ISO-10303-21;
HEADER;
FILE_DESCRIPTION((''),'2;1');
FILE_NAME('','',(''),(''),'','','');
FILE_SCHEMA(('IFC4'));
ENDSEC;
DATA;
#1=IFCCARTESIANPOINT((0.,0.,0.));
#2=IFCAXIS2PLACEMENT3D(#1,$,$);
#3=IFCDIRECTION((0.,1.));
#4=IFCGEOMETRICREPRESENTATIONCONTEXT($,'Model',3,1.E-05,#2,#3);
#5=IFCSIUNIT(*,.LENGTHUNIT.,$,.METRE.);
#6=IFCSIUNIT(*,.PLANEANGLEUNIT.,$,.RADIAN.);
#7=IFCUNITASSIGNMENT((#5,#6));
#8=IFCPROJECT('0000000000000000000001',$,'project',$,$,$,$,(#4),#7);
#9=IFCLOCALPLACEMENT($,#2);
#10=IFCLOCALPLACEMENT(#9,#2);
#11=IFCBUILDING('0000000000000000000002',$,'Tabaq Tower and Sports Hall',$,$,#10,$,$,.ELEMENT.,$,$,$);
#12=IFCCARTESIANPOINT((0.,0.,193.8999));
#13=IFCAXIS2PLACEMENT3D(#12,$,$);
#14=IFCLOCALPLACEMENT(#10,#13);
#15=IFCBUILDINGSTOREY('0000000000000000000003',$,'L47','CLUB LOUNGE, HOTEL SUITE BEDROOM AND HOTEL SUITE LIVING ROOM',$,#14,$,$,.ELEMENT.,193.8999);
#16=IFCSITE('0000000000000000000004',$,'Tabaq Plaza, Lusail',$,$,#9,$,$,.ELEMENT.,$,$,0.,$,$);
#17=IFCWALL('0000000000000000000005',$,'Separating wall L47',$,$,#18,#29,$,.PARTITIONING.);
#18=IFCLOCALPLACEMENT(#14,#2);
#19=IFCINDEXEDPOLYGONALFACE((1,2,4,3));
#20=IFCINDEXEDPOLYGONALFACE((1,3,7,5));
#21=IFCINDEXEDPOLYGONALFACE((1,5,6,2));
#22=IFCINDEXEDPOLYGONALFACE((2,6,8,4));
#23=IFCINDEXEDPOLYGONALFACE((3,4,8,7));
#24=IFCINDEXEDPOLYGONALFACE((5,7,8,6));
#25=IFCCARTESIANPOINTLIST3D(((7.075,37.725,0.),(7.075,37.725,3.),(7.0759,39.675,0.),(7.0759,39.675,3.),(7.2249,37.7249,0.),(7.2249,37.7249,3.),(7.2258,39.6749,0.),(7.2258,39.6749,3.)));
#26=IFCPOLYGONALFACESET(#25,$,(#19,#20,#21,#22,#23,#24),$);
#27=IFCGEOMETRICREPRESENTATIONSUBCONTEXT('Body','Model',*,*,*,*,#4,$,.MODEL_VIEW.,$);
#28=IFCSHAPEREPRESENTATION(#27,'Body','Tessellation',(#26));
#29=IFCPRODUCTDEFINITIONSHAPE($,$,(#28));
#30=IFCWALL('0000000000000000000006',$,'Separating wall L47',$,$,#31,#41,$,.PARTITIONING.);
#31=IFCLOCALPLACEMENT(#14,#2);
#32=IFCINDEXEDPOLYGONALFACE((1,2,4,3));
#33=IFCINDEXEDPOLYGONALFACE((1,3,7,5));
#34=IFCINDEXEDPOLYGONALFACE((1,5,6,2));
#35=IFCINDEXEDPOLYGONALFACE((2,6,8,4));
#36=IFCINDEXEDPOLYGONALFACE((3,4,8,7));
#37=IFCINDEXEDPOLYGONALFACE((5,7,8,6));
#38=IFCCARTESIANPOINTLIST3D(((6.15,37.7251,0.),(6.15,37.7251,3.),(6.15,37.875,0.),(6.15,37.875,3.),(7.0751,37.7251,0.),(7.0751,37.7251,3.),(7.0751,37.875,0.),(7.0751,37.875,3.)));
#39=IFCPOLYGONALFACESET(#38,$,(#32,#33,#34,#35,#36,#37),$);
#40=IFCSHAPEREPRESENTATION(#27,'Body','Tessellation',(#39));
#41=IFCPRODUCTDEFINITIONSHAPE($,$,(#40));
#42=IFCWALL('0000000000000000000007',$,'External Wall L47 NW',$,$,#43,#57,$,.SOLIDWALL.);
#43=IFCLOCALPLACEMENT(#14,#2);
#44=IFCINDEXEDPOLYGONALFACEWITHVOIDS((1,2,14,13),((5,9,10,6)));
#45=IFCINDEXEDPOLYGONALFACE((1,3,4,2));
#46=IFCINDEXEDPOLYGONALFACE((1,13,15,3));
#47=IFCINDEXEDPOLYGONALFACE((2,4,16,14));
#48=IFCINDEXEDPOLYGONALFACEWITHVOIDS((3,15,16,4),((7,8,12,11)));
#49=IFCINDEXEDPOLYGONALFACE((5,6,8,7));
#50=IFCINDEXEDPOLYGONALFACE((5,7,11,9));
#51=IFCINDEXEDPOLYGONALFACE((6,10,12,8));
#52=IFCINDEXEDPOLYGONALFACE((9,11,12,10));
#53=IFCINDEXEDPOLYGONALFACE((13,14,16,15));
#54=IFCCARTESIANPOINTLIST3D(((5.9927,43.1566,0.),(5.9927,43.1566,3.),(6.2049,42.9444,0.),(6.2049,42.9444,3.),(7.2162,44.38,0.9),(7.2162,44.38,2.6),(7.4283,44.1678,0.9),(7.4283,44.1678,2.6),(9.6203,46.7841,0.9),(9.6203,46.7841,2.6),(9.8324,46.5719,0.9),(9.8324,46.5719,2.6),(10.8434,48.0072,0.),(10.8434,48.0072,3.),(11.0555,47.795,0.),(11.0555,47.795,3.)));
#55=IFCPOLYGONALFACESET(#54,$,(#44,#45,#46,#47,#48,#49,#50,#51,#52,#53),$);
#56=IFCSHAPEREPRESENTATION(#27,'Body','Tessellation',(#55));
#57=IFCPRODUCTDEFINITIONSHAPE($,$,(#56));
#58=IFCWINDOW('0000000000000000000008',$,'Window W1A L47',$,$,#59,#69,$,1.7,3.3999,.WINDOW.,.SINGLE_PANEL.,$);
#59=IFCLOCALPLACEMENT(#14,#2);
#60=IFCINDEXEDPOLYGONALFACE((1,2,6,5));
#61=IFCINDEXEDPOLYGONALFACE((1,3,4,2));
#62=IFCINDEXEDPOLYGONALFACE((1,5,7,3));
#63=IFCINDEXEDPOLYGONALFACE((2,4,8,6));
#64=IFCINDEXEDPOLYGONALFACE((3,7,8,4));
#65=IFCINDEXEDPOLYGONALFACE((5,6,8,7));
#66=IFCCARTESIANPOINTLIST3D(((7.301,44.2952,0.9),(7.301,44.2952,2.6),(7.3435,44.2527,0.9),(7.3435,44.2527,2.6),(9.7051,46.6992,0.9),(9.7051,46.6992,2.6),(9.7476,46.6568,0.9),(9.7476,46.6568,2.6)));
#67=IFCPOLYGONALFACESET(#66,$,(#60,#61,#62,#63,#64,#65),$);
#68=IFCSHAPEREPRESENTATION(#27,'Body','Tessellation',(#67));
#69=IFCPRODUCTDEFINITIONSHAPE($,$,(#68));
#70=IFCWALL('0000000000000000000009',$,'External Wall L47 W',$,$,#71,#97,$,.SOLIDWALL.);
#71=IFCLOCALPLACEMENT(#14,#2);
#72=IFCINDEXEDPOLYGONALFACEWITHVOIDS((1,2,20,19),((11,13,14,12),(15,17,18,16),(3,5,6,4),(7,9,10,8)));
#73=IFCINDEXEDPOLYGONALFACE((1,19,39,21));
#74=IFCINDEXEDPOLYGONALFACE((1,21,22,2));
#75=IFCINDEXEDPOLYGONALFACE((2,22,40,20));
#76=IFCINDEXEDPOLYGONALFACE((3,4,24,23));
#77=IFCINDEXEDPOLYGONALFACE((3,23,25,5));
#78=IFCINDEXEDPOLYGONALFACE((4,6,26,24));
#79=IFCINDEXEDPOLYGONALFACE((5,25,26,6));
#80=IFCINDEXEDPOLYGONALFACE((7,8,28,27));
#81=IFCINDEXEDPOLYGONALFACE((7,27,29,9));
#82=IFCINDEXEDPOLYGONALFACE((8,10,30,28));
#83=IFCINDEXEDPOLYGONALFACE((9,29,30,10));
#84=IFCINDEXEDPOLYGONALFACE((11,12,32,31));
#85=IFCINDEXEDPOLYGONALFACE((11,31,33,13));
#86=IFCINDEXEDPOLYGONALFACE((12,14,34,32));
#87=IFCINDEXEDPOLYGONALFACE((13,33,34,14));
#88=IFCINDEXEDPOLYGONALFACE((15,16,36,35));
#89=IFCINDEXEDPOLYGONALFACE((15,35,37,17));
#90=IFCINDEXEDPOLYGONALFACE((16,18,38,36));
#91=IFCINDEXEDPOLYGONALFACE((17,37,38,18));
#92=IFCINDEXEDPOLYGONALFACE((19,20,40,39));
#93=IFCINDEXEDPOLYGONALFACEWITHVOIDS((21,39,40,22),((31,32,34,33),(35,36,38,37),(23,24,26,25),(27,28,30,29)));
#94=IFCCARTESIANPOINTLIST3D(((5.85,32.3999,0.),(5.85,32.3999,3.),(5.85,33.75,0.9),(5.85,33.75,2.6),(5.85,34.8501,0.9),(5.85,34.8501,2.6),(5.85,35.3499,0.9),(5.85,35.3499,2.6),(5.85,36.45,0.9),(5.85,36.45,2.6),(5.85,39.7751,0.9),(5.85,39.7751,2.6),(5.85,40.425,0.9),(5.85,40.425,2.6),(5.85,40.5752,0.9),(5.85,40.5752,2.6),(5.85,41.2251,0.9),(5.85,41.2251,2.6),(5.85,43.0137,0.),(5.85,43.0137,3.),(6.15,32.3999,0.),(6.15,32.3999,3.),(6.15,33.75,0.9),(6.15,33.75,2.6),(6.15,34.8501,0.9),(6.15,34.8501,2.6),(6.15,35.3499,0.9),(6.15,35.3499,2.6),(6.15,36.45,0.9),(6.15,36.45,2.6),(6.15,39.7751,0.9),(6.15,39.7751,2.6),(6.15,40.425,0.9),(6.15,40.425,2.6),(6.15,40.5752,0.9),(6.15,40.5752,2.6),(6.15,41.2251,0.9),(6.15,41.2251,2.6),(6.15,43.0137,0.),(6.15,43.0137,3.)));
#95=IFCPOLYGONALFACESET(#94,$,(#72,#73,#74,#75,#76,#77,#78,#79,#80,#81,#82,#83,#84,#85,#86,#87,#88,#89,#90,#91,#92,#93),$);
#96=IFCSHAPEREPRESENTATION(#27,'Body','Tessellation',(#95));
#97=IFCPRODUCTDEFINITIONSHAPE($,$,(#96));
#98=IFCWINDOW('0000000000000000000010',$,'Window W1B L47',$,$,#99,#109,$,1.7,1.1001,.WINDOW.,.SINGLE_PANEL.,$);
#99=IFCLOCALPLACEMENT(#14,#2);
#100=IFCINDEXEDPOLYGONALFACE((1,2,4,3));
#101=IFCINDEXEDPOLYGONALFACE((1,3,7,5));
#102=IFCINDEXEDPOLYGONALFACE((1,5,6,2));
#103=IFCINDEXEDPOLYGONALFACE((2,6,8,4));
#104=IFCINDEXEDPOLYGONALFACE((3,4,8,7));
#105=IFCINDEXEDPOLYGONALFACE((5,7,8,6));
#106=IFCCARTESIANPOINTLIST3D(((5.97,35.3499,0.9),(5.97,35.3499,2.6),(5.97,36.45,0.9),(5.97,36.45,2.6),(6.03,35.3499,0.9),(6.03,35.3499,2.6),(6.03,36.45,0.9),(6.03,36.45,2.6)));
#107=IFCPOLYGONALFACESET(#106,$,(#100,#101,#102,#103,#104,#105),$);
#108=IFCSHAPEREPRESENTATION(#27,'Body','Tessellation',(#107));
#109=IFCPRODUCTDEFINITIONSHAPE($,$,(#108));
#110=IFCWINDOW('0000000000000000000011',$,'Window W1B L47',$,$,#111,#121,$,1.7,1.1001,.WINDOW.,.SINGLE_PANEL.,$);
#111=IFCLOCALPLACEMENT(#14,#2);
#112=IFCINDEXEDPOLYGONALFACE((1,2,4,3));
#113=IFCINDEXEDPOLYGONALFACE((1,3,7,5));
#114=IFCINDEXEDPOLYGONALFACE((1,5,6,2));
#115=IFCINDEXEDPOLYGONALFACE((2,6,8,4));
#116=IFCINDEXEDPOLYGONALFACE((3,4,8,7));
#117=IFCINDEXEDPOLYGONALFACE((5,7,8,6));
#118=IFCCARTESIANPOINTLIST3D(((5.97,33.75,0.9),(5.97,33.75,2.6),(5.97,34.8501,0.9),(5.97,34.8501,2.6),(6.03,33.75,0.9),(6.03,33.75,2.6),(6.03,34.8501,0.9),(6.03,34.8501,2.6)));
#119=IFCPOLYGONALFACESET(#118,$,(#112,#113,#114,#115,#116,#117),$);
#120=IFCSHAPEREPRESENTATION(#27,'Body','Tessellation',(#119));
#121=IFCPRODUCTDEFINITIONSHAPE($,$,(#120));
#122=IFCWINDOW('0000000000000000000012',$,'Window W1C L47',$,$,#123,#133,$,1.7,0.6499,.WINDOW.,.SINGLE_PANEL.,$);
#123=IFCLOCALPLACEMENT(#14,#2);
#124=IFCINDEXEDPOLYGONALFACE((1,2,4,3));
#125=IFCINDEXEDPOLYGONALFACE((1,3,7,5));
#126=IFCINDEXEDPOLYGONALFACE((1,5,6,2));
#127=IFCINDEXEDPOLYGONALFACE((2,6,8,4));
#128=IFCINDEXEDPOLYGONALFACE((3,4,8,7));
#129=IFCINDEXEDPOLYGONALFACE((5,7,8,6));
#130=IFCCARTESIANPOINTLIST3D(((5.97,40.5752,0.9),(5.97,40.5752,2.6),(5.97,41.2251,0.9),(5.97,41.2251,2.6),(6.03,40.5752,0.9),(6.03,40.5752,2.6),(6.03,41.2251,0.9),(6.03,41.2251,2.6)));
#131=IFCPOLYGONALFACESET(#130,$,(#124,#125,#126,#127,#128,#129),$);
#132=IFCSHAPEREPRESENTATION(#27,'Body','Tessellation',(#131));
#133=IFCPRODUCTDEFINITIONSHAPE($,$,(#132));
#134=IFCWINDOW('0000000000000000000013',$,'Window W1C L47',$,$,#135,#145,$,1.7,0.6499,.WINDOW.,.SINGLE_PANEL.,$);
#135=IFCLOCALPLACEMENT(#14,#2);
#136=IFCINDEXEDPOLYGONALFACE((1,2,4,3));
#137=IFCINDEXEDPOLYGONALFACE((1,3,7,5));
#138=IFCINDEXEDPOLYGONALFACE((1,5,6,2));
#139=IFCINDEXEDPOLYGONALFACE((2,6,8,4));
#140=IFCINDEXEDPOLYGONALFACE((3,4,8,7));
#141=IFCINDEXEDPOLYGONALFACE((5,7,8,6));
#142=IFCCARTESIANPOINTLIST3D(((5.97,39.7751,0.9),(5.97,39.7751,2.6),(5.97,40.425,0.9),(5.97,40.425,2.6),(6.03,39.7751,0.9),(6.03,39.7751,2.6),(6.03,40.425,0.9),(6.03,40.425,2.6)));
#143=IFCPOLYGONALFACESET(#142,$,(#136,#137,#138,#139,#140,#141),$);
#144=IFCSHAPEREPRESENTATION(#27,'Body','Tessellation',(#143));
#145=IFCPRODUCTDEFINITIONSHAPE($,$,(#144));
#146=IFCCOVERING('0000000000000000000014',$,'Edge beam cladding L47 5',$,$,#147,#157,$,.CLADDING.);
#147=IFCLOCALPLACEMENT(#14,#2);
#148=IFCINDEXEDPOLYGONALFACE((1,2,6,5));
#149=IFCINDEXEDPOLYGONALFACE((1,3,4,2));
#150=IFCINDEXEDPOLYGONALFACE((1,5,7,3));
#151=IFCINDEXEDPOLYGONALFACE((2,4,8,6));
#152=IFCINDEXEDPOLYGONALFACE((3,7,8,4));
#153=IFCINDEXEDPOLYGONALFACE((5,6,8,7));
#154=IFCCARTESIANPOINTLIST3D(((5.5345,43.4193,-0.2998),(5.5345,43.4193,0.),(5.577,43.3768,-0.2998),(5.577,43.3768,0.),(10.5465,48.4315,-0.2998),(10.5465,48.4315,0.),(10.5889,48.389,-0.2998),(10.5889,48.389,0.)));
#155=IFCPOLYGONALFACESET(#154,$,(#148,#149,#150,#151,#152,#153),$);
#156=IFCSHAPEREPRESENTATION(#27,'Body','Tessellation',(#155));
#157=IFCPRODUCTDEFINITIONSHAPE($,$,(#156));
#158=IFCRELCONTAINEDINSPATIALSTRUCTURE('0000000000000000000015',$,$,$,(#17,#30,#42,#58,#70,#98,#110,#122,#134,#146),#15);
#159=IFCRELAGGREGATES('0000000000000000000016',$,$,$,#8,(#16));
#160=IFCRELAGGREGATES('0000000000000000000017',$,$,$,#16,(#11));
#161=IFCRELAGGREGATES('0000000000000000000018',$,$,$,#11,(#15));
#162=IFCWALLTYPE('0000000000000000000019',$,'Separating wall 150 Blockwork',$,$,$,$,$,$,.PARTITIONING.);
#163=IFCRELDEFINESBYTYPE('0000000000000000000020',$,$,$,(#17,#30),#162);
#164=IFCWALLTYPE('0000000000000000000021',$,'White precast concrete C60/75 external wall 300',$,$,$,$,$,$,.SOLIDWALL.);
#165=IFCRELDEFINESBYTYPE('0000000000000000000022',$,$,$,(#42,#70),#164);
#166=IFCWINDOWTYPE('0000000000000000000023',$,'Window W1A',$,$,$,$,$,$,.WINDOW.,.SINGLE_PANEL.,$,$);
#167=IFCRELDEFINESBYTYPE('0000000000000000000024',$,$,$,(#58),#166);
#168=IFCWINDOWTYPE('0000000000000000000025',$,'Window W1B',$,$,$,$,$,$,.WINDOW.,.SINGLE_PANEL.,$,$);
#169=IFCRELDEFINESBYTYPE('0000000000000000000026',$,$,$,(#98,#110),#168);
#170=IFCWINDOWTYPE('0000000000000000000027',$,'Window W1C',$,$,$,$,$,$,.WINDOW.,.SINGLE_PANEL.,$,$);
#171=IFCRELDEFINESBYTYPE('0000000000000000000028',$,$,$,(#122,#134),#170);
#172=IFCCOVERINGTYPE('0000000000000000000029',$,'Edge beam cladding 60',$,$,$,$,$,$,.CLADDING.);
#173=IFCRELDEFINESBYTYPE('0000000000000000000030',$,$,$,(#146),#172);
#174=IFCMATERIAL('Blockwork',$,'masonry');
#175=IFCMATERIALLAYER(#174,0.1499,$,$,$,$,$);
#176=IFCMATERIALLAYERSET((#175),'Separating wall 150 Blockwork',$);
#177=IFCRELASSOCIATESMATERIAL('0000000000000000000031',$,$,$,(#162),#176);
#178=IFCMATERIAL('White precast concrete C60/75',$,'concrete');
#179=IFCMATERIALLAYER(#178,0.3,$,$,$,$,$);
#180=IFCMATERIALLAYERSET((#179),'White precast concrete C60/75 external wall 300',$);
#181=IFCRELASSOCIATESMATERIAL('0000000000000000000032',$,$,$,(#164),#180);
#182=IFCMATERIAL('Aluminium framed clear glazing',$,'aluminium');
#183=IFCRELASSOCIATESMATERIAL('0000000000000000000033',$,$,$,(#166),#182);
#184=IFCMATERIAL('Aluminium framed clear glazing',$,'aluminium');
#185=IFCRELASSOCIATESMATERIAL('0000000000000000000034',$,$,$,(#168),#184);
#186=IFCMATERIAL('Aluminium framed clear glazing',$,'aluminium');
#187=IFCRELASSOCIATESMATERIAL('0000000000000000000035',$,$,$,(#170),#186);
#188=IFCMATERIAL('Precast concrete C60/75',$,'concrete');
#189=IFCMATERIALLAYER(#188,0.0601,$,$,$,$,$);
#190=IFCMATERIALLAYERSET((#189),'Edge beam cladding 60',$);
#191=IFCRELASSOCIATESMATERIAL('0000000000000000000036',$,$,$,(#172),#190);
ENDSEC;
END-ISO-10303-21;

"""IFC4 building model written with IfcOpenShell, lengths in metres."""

from ifc_helpers import new_model, si_unit, direction, frame, frame_2d, origin, place, context, subcontext, project, spatial, rectangle, extrude, material, layer, layer_set, type_object, element, fill, save


model = new_model("IFC4")

# Units and contexts
model_context = context("Model", 3, precision=1e-05, world=origin(), true_north=direction((0.0, 1.0)))
body_context = subcontext(model_context, "Body", "Model", "MODEL_VIEW")
ifc_project = project(units=[si_unit("LENGTHUNIT", "METRE"), si_unit("PLANEANGLEUNIT", "RADIAN")], contexts=[model_context])

# Site, building, storey
site_placement = place(None, origin())
site = spatial("IfcSite", under=ifc_project, at=site_placement, Name="Tabaq Plaza, Lusail", CompositionType="ELEMENT", RefElevation=0.0)
building_placement = place(site_placement, origin())
building = spatial("IfcBuilding", under=site, at=building_placement, Name="Tabaq Tower and Sports Hall", CompositionType="ELEMENT")
storey_placement = place(building_placement, frame((0.0, 0.0, 193.8999)))
storey = spatial("IfcBuildingStorey", under=building, at=storey_placement, Name="L47", Description="CLUB LOUNGE, HOTEL SUITE BEDROOM AND HOTEL SUITE LIVING ROOM", CompositionType="ELEMENT", Elevation=193.8999)

# Walls
ifc_material_1 = material(Name="Blockwork", Category="masonry")
ifc_layer_1 = layer(ifc_material_1, 0.1499)
ifc_layer_set_1 = layer_set([ifc_layer_1], Name="Separating wall 150 Blockwork")
wall_type_1 = type_object("IfcWallType", Name="Separating wall 150 Blockwork", PredefinedType="PARTITIONING", material=ifc_layer_set_1)
wall_1_placement = place(storey_placement, frame((7.1509, 39.675, 0.0), z_axis=(0.0, 0.0, 1.0), x_axis=(-0.000501, -1.0, 0.0)))
element("IfcWall", 1, at=wall_1_placement, inside=storey, type_object=wall_type_1, Name="Separating wall L47", PredefinedType="PARTITIONING", context=body_context, shape_type="SweptSolid", body=[
    extrude(rectangle(XDim=1.95, YDim=0.1499, at=frame_2d((0.9751, 0.0))), origin(), (0.0, 0.0, 1.0), 3.0),
])
wall_2_placement = place(storey_placement, frame((7.075, 37.8, 0.0), z_axis=(0.0, 0.0, 1.0), x_axis=(-1.0, 0.0, 0.0)))
element("IfcWall", 2, at=wall_2_placement, inside=storey, type_object=wall_type_1, Name="Separating wall L47", PredefinedType="PARTITIONING", context=body_context, shape_type="SweptSolid", body=[
    extrude(rectangle(XDim=0.925, YDim=0.1499, at=frame_2d((0.4624, 0.0))), origin(), (0.0, 0.0, 1.0), 3.0),
])

# Wall, opening, window
ifc_material_2 = material(Name="White precast concrete C60/75", Category="concrete")
ifc_layer_2 = layer(ifc_material_2, 0.3)
ifc_layer_set_2 = layer_set([ifc_layer_2], Name="White precast concrete C60/75 external wall 300")
wall_type_2 = type_object("IfcWallType", Name="White precast concrete C60/75 external wall 300", PredefinedType="SOLIDWALL", material=ifc_layer_set_2)
wall_3_placement = place(storey_placement, frame((10.9495, 47.9011, 0.0), z_axis=(0.0, 0.0, 1.0), x_axis=(-0.707107, -0.707107, 0.0)))
wall_3 = element("IfcWall", 3, at=wall_3_placement, inside=storey, type_object=wall_type_2, Name="External Wall L47 NW", PredefinedType="SOLIDWALL", context=body_context, shape_type="SweptSolid", body=[
    extrude(rectangle(XDim=6.8599, YDim=0.3, at=frame_2d((3.4299, 0.0))), origin(), (0.0, 0.0, 1.0), 3.0),
])
opening_1_placement = place(wall_3_placement, frame((1.7297, 0.0, 0.8999)))
opening_1 = element("IfcOpeningElement", 4, at=opening_1_placement, cuts=wall_3, PredefinedType="OPENING", context=body_context, shape_type="SweptSolid", body=[
    extrude(rectangle(XDim=3.3999, YDim=1.7, at=frame_2d((1.7, 0.8501))), frame((0.0, 0.1602, 0.0), z_axis=(0.0, -1.0, 0.0), x_axis=(1.0, 0.0, 0.0)), (0.0, 0.0, 1.0), 0.3201),
])
ifc_material_3 = material(Name="Aluminium framed clear glazing", Category="aluminium")
window_type_1 = type_object("IfcWindowType", Name="Window W1A", PartitioningType="SINGLE_PANEL", PredefinedType="WINDOW", material=ifc_material_3)
window_1_placement = place(opening_1_placement, origin())
window_1 = element("IfcWindow", 5, at=window_1_placement, inside=storey, type_object=window_type_1, Name="Window W1A L47", OverallHeight=1.7, OverallWidth=3.3999, PartitioningType="SINGLE_PANEL", PredefinedType="WINDOW", context=body_context, shape_type="SweptSolid", body=[
    extrude(rectangle(XDim=3.3999, YDim=1.7, at=frame_2d((1.7, 0.8501))), frame((0.0, 0.03, 0.0), z_axis=(0.0, -1.0, 0.0), x_axis=(1.0, 0.0, 0.0)), (0.0, 0.0, 1.0), 0.0601),
])
fill(opening_1, window_1)

# Wall, openings, windows
wall_4_placement = place(storey_placement, frame((6.0, 43.0137, 0.0), z_axis=(0.0, 0.0, 1.0), x_axis=(0.0, -1.0, 0.0)))
wall_4 = element("IfcWall", 6, at=wall_4_placement, inside=storey, type_object=wall_type_2, Name="External Wall L47 W", PredefinedType="SOLIDWALL", context=body_context, shape_type="SweptSolid", body=[
    extrude(rectangle(XDim=10.6138, YDim=0.3, at=frame_2d((5.3069, 0.0))), origin(), (0.0, 0.0, 1.0), 3.0),
])
opening_2_placement = place(wall_4_placement, frame((1.7886, 0.0, 0.8999)))
opening_2 = element("IfcOpeningElement", 7, at=opening_2_placement, cuts=wall_4, PredefinedType="OPENING", context=body_context, shape_type="SweptSolid", body=[
    extrude(rectangle(XDim=0.6499, YDim=1.7, at=frame_2d((0.325, 0.8501))), frame((0.0, 0.1602, 0.0), z_axis=(0.0, -1.0, 0.0), x_axis=(1.0, 0.0, 0.0)), (0.0, 0.0, 1.0), 0.3201),
])
opening_3_placement = place(wall_4_placement, frame((2.5886, 0.0, 0.8999)))
opening_3 = element("IfcOpeningElement", 8, at=opening_3_placement, cuts=wall_4, PredefinedType="OPENING", context=body_context, shape_type="SweptSolid", body=[
    extrude(rectangle(XDim=0.6499, YDim=1.7, at=frame_2d((0.325, 0.8501))), frame((0.0, 0.1602, 0.0), z_axis=(0.0, -1.0, 0.0), x_axis=(1.0, 0.0, 0.0)), (0.0, 0.0, 1.0), 0.3201),
])
opening_4_placement = place(wall_4_placement, frame((6.5637, 0.0, 0.8999)))
opening_4 = element("IfcOpeningElement", 9, at=opening_4_placement, cuts=wall_4, PredefinedType="OPENING", context=body_context, shape_type="SweptSolid", body=[
    extrude(rectangle(XDim=1.1001, YDim=1.7, at=frame_2d((0.55, 0.8501))), frame((0.0, 0.1602, 0.0), z_axis=(0.0, -1.0, 0.0), x_axis=(1.0, 0.0, 0.0)), (0.0, 0.0, 1.0), 0.3201),
])
opening_5_placement = place(wall_4_placement, frame((8.1636, 0.0, 0.8999)))
opening_5 = element("IfcOpeningElement", 10, at=opening_5_placement, cuts=wall_4, PredefinedType="OPENING", context=body_context, shape_type="SweptSolid", body=[
    extrude(rectangle(XDim=1.1001, YDim=1.7, at=frame_2d((0.55, 0.8501))), frame((0.0, 0.1602, 0.0), z_axis=(0.0, -1.0, 0.0), x_axis=(1.0, 0.0, 0.0)), (0.0, 0.0, 1.0), 0.3201),
])
ifc_material_4 = material(Name="Aluminium framed clear glazing", Category="aluminium")
window_type_2 = type_object("IfcWindowType", Name="Window W1B", PartitioningType="SINGLE_PANEL", PredefinedType="WINDOW", material=ifc_material_4)
window_2_placement = place(opening_4_placement, origin())
window_2 = element("IfcWindow", 11, at=window_2_placement, inside=storey, type_object=window_type_2, Name="Window W1B L47", OverallHeight=1.7, OverallWidth=1.1001, PartitioningType="SINGLE_PANEL", PredefinedType="WINDOW", context=body_context, shape_type="SweptSolid", body=[
    extrude(rectangle(XDim=1.1001, YDim=1.7, at=frame_2d((0.55, 0.8501))), frame((0.0, 0.03, 0.0), z_axis=(0.0, -1.0, 0.0), x_axis=(1.0, 0.0, 0.0)), (0.0, 0.0, 1.0), 0.0601),
])
fill(opening_4, window_2)
window_3_placement = place(opening_5_placement, origin())
window_3 = element("IfcWindow", 12, at=window_3_placement, inside=storey, type_object=window_type_2, Name="Window W1B L47", OverallHeight=1.7, OverallWidth=1.1001, PartitioningType="SINGLE_PANEL", PredefinedType="WINDOW", context=body_context, shape_type="SweptSolid", body=[
    extrude(rectangle(XDim=1.1001, YDim=1.7, at=frame_2d((0.55, 0.8501))), frame((0.0, 0.03, 0.0), z_axis=(0.0, -1.0, 0.0), x_axis=(1.0, 0.0, 0.0)), (0.0, 0.0, 1.0), 0.0601),
])
fill(opening_5, window_3)
ifc_material_5 = material(Name="Aluminium framed clear glazing", Category="aluminium")
window_type_3 = type_object("IfcWindowType", Name="Window W1C", PartitioningType="SINGLE_PANEL", PredefinedType="WINDOW", material=ifc_material_5)
window_4_placement = place(opening_2_placement, origin())
window_4 = element("IfcWindow", 13, at=window_4_placement, inside=storey, type_object=window_type_3, Name="Window W1C L47", OverallHeight=1.7, OverallWidth=0.6499, PartitioningType="SINGLE_PANEL", PredefinedType="WINDOW", context=body_context, shape_type="SweptSolid", body=[
    extrude(rectangle(XDim=0.6499, YDim=1.7, at=frame_2d((0.325, 0.8501))), frame((0.0, 0.03, 0.0), z_axis=(0.0, -1.0, 0.0), x_axis=(1.0, 0.0, 0.0)), (0.0, 0.0, 1.0), 0.0601),
])
fill(opening_2, window_4)
window_5_placement = place(opening_3_placement, origin())
window_5 = element("IfcWindow", 14, at=window_5_placement, inside=storey, type_object=window_type_3, Name="Window W1C L47", OverallHeight=1.7, OverallWidth=0.6499, PartitioningType="SINGLE_PANEL", PredefinedType="WINDOW", context=body_context, shape_type="SweptSolid", body=[
    extrude(rectangle(XDim=0.6499, YDim=1.7, at=frame_2d((0.325, 0.8501))), frame((0.0, 0.03, 0.0), z_axis=(0.0, -1.0, 0.0), x_axis=(1.0, 0.0, 0.0)), (0.0, 0.0, 1.0), 0.0601),
])
fill(opening_3, window_5)

# Covering
ifc_material_6 = material(Name="Precast concrete C60/75", Category="concrete")
ifc_layer_3 = layer(ifc_material_6, 0.0601)
ifc_layer_set_3 = layer_set([ifc_layer_3], Name="Edge beam cladding 60")
covering_type_1 = type_object("IfcCoveringType", Name="Edge beam cladding 60", PredefinedType="CLADDING", material=ifc_layer_set_3)
covering_1_placement = place(storey_placement, frame((10.5676, 48.4102, -0.2998), z_axis=(0.0, 0.0, 1.0), x_axis=(-0.70709, -0.707124, 0.0)))
element("IfcCovering", 15, at=covering_1_placement, inside=storey, type_object=covering_type_1, Name="Edge beam cladding L47 5", PredefinedType="CLADDING", context=body_context, shape_type="SweptSolid", body=[
    extrude(rectangle(XDim=7.0881, YDim=0.0601, at=frame_2d((3.5439, 0.0))), origin(), (0.0, 0.0, 1.0), 0.2998),
])

save(model, "model.ifc")
